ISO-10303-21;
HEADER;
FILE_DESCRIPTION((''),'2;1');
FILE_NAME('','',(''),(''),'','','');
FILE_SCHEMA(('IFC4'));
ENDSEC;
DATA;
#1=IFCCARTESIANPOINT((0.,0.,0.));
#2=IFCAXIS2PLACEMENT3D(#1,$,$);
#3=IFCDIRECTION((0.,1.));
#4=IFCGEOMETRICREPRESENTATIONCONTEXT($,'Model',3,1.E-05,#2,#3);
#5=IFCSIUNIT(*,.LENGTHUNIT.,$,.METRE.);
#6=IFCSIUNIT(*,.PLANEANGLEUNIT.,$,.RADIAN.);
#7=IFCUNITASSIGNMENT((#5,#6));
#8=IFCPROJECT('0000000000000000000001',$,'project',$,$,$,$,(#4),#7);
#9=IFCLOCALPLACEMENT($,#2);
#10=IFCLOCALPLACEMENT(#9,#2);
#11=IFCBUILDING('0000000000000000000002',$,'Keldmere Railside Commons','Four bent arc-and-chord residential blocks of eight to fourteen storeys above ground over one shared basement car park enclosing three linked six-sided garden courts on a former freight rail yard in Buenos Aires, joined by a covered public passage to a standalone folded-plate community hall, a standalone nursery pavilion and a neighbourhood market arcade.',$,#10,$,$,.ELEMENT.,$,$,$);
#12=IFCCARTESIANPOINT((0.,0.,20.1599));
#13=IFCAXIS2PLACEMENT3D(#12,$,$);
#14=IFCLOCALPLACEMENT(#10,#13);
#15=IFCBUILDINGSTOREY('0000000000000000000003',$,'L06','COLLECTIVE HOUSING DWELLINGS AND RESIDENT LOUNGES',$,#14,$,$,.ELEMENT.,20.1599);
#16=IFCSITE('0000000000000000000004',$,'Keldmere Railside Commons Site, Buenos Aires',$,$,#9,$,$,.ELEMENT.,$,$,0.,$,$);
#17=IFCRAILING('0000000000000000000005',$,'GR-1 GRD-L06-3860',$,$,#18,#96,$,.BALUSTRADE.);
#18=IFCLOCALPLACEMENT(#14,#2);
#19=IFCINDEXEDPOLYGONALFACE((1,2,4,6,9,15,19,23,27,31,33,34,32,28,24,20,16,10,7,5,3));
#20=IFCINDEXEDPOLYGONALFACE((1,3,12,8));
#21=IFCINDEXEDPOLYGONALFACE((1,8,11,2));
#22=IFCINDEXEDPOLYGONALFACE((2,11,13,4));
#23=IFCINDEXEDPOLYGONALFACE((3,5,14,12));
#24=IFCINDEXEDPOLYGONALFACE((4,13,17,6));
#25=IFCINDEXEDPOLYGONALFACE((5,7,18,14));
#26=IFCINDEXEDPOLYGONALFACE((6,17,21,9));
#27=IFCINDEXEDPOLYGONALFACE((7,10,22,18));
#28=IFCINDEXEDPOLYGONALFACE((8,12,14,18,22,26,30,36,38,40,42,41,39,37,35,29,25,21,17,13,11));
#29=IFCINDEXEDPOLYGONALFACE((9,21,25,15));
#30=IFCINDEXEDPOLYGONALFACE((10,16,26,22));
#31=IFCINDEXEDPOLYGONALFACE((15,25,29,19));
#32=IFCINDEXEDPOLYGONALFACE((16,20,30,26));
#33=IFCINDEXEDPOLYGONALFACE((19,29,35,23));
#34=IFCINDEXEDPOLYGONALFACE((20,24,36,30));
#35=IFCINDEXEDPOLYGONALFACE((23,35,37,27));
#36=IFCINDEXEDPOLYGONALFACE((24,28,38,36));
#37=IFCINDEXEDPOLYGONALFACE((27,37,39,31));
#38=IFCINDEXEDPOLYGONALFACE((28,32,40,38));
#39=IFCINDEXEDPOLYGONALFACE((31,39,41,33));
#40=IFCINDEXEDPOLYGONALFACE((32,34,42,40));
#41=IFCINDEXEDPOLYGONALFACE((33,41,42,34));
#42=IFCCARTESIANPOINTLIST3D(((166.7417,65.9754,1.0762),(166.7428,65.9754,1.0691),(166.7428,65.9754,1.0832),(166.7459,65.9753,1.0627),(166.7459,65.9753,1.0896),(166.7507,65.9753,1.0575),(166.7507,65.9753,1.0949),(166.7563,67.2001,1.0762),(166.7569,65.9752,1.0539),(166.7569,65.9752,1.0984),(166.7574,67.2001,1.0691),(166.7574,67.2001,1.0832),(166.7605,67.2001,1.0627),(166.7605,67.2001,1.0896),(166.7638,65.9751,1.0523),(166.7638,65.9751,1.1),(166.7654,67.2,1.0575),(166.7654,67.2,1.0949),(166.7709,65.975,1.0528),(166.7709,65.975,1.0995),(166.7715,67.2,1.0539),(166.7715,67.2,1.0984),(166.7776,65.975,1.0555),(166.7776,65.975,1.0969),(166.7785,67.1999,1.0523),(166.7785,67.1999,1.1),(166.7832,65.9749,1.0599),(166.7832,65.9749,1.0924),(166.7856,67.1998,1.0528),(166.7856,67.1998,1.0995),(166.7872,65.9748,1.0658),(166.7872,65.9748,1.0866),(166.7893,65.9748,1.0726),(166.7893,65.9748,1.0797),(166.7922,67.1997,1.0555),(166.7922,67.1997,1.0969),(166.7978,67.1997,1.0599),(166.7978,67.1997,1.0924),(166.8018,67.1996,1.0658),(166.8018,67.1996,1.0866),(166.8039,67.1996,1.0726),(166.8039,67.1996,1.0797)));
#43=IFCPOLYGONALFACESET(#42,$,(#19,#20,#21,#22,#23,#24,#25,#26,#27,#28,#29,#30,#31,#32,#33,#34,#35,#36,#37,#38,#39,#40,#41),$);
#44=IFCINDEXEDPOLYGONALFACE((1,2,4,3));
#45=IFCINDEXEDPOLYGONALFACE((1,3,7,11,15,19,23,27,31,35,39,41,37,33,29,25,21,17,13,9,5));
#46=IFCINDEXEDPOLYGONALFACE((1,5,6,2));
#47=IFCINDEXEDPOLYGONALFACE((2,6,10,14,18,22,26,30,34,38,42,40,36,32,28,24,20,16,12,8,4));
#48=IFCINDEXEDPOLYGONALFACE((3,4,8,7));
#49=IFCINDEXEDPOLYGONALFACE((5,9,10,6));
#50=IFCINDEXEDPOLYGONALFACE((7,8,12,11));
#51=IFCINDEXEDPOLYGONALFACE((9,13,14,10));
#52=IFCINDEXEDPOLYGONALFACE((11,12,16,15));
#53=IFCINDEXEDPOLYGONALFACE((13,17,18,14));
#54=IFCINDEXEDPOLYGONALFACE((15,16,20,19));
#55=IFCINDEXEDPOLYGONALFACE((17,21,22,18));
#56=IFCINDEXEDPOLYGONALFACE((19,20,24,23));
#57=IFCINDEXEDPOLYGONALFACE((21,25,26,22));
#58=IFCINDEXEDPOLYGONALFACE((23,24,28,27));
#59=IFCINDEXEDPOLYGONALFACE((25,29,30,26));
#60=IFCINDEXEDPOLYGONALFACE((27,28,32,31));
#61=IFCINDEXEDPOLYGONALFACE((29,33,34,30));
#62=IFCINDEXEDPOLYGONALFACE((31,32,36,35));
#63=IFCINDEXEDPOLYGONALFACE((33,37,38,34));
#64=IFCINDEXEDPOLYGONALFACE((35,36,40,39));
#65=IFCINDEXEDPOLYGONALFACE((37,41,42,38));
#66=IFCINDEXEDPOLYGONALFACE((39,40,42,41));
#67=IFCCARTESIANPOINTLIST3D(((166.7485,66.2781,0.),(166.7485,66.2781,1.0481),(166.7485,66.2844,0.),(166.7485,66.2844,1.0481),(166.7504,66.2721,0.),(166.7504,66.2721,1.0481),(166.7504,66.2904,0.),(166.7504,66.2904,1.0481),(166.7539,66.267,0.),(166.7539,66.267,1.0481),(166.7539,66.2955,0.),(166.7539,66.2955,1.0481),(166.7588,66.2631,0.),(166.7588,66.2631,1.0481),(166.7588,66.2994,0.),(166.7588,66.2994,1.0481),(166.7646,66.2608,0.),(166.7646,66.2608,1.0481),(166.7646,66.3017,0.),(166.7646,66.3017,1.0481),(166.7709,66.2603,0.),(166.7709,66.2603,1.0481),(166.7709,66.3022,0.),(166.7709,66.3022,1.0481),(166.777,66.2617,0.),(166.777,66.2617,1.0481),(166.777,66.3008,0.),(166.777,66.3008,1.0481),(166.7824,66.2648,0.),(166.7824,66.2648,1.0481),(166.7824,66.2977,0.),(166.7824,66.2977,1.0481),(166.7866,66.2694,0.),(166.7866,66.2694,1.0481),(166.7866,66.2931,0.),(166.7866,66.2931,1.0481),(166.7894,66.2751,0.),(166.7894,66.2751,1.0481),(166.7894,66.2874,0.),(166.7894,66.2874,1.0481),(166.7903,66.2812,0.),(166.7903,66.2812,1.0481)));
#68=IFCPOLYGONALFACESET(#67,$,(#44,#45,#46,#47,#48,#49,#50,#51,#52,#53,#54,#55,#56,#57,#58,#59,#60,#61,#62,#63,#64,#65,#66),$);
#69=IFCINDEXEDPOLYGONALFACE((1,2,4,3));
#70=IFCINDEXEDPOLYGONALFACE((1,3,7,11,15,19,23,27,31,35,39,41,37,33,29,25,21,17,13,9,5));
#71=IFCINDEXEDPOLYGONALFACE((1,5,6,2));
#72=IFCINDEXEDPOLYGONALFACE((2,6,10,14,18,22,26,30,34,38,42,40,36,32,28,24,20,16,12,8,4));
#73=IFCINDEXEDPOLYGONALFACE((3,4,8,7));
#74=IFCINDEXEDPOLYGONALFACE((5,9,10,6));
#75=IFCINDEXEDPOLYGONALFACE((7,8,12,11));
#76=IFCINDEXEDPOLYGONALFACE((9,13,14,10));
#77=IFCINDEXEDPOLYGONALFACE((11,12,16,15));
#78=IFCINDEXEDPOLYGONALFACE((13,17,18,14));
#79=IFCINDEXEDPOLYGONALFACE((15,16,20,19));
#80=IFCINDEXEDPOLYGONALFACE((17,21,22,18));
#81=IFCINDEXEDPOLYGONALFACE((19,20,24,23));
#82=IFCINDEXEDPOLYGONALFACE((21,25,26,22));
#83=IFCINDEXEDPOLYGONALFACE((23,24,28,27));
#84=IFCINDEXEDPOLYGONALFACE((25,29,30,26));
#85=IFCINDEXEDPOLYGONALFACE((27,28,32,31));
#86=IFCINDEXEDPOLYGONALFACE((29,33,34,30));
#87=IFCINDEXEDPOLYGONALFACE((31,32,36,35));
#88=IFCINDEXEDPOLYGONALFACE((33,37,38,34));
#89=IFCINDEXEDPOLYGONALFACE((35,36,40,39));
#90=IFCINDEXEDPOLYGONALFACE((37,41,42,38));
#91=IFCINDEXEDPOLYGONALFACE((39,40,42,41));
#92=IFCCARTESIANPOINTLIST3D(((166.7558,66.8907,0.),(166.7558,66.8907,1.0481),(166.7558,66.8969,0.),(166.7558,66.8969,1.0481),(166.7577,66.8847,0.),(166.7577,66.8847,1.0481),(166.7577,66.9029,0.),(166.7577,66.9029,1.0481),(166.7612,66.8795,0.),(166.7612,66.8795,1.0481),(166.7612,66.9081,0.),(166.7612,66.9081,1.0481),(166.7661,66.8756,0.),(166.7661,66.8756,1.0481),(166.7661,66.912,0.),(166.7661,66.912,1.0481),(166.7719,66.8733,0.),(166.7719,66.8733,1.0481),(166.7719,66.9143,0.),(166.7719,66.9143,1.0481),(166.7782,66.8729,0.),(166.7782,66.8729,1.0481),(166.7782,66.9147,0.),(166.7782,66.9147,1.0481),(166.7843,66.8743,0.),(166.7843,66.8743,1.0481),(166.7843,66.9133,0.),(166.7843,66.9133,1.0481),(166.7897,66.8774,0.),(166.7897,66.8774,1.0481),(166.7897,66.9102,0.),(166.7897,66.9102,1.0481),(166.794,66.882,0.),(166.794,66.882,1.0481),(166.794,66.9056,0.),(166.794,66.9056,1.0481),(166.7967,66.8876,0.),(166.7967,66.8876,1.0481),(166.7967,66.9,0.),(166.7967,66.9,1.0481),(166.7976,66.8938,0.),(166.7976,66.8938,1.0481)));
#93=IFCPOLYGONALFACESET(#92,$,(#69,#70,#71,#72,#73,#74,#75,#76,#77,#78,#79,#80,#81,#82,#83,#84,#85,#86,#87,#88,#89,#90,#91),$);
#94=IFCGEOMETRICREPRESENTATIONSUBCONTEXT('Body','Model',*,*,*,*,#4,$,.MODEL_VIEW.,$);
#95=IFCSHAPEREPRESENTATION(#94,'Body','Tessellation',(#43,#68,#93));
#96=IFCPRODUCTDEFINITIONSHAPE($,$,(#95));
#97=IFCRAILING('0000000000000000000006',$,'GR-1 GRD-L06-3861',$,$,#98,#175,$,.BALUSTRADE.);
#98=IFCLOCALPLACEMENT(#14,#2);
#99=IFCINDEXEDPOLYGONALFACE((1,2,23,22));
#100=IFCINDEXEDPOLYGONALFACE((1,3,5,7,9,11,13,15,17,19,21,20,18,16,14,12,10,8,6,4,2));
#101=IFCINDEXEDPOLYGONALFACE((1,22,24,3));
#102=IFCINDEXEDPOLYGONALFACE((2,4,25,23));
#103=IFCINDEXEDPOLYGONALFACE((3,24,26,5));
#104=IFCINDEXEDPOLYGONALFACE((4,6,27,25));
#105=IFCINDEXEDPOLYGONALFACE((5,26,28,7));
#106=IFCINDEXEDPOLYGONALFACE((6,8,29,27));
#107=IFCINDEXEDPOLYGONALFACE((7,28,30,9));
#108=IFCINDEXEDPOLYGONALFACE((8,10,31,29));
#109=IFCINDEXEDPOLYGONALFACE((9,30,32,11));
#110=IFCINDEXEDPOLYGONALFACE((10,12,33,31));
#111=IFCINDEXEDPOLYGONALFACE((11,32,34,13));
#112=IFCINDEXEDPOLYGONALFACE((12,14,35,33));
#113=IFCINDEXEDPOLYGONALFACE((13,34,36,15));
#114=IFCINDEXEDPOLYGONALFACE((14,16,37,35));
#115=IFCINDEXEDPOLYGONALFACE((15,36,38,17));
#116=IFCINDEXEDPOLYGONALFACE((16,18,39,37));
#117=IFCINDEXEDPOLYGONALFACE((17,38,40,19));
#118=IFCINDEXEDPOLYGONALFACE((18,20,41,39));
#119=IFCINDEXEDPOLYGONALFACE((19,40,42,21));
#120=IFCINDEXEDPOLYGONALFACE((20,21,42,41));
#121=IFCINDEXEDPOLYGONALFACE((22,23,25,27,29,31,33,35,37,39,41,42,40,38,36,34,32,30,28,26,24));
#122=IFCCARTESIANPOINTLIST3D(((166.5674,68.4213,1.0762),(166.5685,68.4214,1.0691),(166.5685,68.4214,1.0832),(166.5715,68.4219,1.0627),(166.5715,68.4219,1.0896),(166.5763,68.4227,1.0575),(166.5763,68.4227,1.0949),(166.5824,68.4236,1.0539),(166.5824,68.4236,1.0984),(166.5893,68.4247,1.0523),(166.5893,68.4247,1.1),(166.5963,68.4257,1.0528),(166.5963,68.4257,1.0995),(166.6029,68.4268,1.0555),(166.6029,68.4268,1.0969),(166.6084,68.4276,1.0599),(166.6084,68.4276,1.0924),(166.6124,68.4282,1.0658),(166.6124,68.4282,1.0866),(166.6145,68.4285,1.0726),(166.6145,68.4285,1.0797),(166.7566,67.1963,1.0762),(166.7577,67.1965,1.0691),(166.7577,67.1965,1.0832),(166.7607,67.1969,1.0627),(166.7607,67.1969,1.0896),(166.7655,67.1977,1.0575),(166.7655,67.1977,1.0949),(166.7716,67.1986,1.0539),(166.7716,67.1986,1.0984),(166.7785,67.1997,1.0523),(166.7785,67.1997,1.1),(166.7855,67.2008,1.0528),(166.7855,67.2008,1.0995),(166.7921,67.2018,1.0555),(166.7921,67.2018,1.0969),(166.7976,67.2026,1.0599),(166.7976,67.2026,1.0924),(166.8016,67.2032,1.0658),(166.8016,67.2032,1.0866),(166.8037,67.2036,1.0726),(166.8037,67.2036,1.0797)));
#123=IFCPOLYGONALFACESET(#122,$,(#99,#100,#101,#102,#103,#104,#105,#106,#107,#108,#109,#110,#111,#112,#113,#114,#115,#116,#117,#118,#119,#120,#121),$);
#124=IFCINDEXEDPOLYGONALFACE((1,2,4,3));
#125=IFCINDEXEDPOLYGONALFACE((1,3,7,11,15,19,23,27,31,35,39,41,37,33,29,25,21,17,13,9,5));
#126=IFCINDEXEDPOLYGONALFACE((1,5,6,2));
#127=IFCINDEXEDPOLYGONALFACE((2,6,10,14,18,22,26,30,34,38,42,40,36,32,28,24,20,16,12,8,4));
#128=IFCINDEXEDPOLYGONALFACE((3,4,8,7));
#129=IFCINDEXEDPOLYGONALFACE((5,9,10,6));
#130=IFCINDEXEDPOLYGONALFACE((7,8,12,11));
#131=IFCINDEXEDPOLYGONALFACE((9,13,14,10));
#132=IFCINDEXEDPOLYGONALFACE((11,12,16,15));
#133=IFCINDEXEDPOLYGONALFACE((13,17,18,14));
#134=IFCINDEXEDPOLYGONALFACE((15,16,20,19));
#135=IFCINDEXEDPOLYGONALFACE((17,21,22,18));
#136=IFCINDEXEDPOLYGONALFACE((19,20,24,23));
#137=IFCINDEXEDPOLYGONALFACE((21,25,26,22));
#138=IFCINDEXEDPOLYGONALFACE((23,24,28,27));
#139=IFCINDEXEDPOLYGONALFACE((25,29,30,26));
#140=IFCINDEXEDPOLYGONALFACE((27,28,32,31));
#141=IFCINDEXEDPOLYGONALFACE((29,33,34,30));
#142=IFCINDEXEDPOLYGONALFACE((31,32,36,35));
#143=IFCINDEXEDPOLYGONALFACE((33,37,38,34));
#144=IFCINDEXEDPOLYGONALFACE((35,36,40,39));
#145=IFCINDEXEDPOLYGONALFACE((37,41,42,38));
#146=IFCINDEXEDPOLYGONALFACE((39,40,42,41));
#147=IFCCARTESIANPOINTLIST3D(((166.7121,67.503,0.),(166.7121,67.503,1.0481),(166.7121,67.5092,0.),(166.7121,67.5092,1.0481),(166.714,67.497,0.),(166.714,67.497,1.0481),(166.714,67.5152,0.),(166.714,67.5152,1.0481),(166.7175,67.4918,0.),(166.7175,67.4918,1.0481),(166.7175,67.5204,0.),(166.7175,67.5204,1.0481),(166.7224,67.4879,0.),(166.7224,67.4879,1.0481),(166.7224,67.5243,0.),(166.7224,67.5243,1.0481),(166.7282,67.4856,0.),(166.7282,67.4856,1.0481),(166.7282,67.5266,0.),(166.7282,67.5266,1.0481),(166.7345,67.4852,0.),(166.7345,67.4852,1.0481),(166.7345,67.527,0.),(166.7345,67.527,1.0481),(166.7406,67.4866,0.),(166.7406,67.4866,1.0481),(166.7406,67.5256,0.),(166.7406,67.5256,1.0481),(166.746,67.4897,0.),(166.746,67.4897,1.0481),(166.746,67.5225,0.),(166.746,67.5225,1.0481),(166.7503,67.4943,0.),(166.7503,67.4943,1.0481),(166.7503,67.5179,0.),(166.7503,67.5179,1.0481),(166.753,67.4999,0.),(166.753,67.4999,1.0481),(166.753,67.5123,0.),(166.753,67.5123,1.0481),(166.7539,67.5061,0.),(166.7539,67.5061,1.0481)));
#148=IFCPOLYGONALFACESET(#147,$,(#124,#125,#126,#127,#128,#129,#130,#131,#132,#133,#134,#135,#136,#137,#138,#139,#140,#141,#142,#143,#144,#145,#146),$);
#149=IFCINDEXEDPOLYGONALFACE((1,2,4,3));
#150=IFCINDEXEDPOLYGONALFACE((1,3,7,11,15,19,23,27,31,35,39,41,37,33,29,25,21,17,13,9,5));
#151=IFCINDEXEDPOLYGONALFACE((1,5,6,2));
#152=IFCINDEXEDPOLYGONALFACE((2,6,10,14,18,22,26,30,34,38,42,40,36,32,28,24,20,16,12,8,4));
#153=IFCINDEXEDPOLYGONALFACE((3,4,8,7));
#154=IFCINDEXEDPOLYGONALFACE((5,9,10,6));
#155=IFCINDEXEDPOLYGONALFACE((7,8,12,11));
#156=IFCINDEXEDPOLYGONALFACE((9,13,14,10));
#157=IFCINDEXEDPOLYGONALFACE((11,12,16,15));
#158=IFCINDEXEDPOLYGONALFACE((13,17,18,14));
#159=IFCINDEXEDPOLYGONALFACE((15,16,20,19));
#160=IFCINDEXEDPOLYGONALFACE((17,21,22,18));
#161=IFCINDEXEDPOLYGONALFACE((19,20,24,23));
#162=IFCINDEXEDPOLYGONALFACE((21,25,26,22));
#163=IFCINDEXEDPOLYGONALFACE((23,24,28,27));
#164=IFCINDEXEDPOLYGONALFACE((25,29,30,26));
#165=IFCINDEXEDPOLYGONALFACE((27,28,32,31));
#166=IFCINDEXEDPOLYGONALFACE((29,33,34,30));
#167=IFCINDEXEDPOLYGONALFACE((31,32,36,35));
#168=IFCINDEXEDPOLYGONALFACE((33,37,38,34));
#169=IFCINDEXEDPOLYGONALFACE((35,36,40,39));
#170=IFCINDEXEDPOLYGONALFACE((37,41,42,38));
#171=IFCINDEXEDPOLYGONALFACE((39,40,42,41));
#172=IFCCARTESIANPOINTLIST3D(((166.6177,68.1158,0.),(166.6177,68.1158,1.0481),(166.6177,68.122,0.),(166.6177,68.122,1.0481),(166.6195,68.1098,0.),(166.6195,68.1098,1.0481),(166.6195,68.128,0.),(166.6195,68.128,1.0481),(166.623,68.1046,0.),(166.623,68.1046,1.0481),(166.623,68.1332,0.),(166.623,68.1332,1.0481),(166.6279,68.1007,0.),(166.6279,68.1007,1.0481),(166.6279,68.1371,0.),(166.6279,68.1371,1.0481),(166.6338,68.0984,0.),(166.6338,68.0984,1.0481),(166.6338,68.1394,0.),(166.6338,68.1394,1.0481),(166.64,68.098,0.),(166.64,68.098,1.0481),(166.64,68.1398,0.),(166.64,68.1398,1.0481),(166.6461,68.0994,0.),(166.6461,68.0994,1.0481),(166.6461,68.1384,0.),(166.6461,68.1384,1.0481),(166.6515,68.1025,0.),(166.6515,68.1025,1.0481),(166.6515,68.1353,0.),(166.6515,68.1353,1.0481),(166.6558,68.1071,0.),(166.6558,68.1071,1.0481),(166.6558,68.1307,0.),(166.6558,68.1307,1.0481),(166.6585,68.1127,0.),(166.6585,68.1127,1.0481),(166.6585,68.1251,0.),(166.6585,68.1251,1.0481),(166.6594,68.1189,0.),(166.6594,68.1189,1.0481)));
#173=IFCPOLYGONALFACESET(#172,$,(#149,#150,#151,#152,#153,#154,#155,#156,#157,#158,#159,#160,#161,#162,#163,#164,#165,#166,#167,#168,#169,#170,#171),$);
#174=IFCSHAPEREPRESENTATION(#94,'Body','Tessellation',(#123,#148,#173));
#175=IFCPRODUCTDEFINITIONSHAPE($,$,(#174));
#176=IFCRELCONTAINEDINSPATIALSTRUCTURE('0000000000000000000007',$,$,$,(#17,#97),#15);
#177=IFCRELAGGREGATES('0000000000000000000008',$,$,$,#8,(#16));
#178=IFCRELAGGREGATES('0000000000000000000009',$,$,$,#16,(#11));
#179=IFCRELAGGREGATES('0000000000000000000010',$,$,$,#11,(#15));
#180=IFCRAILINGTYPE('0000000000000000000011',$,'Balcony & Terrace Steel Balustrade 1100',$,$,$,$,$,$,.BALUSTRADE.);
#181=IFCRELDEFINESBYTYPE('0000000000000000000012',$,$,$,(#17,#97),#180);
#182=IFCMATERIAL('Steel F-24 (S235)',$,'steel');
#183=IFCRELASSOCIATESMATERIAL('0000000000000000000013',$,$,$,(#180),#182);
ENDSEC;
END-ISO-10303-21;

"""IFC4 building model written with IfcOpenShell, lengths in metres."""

from ifc_helpers import new_model, si_unit, direction, frame, origin, origin_2d, place, context, subcontext, project, spatial, circle, extrude, material, type_object, element, save


model = new_model("IFC4")

# Units and contexts
model_context = context("Model", 3, precision=1e-05, world=origin(), true_north=direction((0.0, 1.0)))
body_context = subcontext(model_context, "Body", "Model", "MODEL_VIEW")
ifc_project = project(units=[si_unit("LENGTHUNIT", "METRE"), si_unit("PLANEANGLEUNIT", "RADIAN")], contexts=[model_context])

# Site, building, storey
site_placement = place(None, origin())
site = spatial("IfcSite", under=ifc_project, at=site_placement, Name="Keldmere Railside Commons Site, Buenos Aires", CompositionType="ELEMENT", RefElevation=0.0)
building_placement = place(site_placement, origin())
building = spatial("IfcBuilding", under=site, at=building_placement, Name="Keldmere Railside Commons", Description="Four bent arc-and-chord residential blocks of eight to fourteen storeys above ground over one shared basement car park enclosing three linked six-sided garden courts on a former freight rail yard in Buenos Aires, joined by a covered public passage to a standalone folded-plate community hall, a standalone nursery pavilion and a neighbourhood market arcade.", CompositionType="ELEMENT")
storey_placement = place(building_placement, frame((0.0, 0.0, 20.1599)))
storey = spatial("IfcBuildingStorey", under=building, at=storey_placement, Name="L06", Description="COLLECTIVE HOUSING DWELLINGS AND RESIDENT LOUNGES", CompositionType="ELEMENT", Elevation=20.1599)

# Shared definitions
ifc_material_1 = material(Name="Steel F-24 (S235)", Category="steel")

# Railings
railing_type_1 = type_object("IfcRailingType", Name="Balcony & Terrace Steel Balustrade 1100", PredefinedType="BALUSTRADE", material=ifc_material_1)
railing_1_placement = place(storey_placement, frame((166.7656, 65.9751, 0.0)))
element("IfcRailing", 1, at=railing_1_placement, inside=storey, type_object=railing_type_1, Name="GR-1 GRD-L06-3860", PredefinedType="BALUSTRADE", context=body_context, shape_type="SweptSolid", body=[
    extrude(circle(Radius=0.0239, at=origin_2d()), frame((0.0, 0.0, 1.0762), z_axis=(0.011958, 0.999928, 0.0), x_axis=(-0.999928, 0.011958, 0.0)), (0.0, 0.0, 1.0), 1.2249),
    extrude(circle(Radius=0.021, at=origin_2d()), frame((0.0037, 0.3062, 0.0)), (0.0, 0.0, 1.0), 1.0481),
    extrude(circle(Radius=0.021, at=origin_2d()), frame((0.011, 0.9187, 0.0)), (0.0, 0.0, 1.0), 1.0481),
])
railing_2_placement = place(storey_placement, frame((166.7803, 67.2, 0.0)))
element("IfcRailing", 2, at=railing_2_placement, inside=storey, type_object=railing_type_1, Name="GR-1 GRD-L06-3861", PredefinedType="BALUSTRADE", context=body_context, shape_type="SweptSolid", body=[
    extrude(circle(Radius=0.0239, at=origin_2d()), frame((0.0, 0.0, 1.0762), z_axis=(-0.152634, 0.988283, 0.0), x_axis=(-0.988283, -0.152634, 0.0)), (0.0, 0.0, 1.0), 1.2395),
    extrude(circle(Radius=0.021, at=origin_2d()), frame((-0.0474, 0.3062, 0.0)), (0.0, 0.0, 1.0), 1.0481),
    extrude(circle(Radius=0.021, at=origin_2d()), frame((-0.1418, 0.9189, 0.0)), (0.0, 0.0, 1.0), 1.0481),
])

save(model, "model.ifc")
